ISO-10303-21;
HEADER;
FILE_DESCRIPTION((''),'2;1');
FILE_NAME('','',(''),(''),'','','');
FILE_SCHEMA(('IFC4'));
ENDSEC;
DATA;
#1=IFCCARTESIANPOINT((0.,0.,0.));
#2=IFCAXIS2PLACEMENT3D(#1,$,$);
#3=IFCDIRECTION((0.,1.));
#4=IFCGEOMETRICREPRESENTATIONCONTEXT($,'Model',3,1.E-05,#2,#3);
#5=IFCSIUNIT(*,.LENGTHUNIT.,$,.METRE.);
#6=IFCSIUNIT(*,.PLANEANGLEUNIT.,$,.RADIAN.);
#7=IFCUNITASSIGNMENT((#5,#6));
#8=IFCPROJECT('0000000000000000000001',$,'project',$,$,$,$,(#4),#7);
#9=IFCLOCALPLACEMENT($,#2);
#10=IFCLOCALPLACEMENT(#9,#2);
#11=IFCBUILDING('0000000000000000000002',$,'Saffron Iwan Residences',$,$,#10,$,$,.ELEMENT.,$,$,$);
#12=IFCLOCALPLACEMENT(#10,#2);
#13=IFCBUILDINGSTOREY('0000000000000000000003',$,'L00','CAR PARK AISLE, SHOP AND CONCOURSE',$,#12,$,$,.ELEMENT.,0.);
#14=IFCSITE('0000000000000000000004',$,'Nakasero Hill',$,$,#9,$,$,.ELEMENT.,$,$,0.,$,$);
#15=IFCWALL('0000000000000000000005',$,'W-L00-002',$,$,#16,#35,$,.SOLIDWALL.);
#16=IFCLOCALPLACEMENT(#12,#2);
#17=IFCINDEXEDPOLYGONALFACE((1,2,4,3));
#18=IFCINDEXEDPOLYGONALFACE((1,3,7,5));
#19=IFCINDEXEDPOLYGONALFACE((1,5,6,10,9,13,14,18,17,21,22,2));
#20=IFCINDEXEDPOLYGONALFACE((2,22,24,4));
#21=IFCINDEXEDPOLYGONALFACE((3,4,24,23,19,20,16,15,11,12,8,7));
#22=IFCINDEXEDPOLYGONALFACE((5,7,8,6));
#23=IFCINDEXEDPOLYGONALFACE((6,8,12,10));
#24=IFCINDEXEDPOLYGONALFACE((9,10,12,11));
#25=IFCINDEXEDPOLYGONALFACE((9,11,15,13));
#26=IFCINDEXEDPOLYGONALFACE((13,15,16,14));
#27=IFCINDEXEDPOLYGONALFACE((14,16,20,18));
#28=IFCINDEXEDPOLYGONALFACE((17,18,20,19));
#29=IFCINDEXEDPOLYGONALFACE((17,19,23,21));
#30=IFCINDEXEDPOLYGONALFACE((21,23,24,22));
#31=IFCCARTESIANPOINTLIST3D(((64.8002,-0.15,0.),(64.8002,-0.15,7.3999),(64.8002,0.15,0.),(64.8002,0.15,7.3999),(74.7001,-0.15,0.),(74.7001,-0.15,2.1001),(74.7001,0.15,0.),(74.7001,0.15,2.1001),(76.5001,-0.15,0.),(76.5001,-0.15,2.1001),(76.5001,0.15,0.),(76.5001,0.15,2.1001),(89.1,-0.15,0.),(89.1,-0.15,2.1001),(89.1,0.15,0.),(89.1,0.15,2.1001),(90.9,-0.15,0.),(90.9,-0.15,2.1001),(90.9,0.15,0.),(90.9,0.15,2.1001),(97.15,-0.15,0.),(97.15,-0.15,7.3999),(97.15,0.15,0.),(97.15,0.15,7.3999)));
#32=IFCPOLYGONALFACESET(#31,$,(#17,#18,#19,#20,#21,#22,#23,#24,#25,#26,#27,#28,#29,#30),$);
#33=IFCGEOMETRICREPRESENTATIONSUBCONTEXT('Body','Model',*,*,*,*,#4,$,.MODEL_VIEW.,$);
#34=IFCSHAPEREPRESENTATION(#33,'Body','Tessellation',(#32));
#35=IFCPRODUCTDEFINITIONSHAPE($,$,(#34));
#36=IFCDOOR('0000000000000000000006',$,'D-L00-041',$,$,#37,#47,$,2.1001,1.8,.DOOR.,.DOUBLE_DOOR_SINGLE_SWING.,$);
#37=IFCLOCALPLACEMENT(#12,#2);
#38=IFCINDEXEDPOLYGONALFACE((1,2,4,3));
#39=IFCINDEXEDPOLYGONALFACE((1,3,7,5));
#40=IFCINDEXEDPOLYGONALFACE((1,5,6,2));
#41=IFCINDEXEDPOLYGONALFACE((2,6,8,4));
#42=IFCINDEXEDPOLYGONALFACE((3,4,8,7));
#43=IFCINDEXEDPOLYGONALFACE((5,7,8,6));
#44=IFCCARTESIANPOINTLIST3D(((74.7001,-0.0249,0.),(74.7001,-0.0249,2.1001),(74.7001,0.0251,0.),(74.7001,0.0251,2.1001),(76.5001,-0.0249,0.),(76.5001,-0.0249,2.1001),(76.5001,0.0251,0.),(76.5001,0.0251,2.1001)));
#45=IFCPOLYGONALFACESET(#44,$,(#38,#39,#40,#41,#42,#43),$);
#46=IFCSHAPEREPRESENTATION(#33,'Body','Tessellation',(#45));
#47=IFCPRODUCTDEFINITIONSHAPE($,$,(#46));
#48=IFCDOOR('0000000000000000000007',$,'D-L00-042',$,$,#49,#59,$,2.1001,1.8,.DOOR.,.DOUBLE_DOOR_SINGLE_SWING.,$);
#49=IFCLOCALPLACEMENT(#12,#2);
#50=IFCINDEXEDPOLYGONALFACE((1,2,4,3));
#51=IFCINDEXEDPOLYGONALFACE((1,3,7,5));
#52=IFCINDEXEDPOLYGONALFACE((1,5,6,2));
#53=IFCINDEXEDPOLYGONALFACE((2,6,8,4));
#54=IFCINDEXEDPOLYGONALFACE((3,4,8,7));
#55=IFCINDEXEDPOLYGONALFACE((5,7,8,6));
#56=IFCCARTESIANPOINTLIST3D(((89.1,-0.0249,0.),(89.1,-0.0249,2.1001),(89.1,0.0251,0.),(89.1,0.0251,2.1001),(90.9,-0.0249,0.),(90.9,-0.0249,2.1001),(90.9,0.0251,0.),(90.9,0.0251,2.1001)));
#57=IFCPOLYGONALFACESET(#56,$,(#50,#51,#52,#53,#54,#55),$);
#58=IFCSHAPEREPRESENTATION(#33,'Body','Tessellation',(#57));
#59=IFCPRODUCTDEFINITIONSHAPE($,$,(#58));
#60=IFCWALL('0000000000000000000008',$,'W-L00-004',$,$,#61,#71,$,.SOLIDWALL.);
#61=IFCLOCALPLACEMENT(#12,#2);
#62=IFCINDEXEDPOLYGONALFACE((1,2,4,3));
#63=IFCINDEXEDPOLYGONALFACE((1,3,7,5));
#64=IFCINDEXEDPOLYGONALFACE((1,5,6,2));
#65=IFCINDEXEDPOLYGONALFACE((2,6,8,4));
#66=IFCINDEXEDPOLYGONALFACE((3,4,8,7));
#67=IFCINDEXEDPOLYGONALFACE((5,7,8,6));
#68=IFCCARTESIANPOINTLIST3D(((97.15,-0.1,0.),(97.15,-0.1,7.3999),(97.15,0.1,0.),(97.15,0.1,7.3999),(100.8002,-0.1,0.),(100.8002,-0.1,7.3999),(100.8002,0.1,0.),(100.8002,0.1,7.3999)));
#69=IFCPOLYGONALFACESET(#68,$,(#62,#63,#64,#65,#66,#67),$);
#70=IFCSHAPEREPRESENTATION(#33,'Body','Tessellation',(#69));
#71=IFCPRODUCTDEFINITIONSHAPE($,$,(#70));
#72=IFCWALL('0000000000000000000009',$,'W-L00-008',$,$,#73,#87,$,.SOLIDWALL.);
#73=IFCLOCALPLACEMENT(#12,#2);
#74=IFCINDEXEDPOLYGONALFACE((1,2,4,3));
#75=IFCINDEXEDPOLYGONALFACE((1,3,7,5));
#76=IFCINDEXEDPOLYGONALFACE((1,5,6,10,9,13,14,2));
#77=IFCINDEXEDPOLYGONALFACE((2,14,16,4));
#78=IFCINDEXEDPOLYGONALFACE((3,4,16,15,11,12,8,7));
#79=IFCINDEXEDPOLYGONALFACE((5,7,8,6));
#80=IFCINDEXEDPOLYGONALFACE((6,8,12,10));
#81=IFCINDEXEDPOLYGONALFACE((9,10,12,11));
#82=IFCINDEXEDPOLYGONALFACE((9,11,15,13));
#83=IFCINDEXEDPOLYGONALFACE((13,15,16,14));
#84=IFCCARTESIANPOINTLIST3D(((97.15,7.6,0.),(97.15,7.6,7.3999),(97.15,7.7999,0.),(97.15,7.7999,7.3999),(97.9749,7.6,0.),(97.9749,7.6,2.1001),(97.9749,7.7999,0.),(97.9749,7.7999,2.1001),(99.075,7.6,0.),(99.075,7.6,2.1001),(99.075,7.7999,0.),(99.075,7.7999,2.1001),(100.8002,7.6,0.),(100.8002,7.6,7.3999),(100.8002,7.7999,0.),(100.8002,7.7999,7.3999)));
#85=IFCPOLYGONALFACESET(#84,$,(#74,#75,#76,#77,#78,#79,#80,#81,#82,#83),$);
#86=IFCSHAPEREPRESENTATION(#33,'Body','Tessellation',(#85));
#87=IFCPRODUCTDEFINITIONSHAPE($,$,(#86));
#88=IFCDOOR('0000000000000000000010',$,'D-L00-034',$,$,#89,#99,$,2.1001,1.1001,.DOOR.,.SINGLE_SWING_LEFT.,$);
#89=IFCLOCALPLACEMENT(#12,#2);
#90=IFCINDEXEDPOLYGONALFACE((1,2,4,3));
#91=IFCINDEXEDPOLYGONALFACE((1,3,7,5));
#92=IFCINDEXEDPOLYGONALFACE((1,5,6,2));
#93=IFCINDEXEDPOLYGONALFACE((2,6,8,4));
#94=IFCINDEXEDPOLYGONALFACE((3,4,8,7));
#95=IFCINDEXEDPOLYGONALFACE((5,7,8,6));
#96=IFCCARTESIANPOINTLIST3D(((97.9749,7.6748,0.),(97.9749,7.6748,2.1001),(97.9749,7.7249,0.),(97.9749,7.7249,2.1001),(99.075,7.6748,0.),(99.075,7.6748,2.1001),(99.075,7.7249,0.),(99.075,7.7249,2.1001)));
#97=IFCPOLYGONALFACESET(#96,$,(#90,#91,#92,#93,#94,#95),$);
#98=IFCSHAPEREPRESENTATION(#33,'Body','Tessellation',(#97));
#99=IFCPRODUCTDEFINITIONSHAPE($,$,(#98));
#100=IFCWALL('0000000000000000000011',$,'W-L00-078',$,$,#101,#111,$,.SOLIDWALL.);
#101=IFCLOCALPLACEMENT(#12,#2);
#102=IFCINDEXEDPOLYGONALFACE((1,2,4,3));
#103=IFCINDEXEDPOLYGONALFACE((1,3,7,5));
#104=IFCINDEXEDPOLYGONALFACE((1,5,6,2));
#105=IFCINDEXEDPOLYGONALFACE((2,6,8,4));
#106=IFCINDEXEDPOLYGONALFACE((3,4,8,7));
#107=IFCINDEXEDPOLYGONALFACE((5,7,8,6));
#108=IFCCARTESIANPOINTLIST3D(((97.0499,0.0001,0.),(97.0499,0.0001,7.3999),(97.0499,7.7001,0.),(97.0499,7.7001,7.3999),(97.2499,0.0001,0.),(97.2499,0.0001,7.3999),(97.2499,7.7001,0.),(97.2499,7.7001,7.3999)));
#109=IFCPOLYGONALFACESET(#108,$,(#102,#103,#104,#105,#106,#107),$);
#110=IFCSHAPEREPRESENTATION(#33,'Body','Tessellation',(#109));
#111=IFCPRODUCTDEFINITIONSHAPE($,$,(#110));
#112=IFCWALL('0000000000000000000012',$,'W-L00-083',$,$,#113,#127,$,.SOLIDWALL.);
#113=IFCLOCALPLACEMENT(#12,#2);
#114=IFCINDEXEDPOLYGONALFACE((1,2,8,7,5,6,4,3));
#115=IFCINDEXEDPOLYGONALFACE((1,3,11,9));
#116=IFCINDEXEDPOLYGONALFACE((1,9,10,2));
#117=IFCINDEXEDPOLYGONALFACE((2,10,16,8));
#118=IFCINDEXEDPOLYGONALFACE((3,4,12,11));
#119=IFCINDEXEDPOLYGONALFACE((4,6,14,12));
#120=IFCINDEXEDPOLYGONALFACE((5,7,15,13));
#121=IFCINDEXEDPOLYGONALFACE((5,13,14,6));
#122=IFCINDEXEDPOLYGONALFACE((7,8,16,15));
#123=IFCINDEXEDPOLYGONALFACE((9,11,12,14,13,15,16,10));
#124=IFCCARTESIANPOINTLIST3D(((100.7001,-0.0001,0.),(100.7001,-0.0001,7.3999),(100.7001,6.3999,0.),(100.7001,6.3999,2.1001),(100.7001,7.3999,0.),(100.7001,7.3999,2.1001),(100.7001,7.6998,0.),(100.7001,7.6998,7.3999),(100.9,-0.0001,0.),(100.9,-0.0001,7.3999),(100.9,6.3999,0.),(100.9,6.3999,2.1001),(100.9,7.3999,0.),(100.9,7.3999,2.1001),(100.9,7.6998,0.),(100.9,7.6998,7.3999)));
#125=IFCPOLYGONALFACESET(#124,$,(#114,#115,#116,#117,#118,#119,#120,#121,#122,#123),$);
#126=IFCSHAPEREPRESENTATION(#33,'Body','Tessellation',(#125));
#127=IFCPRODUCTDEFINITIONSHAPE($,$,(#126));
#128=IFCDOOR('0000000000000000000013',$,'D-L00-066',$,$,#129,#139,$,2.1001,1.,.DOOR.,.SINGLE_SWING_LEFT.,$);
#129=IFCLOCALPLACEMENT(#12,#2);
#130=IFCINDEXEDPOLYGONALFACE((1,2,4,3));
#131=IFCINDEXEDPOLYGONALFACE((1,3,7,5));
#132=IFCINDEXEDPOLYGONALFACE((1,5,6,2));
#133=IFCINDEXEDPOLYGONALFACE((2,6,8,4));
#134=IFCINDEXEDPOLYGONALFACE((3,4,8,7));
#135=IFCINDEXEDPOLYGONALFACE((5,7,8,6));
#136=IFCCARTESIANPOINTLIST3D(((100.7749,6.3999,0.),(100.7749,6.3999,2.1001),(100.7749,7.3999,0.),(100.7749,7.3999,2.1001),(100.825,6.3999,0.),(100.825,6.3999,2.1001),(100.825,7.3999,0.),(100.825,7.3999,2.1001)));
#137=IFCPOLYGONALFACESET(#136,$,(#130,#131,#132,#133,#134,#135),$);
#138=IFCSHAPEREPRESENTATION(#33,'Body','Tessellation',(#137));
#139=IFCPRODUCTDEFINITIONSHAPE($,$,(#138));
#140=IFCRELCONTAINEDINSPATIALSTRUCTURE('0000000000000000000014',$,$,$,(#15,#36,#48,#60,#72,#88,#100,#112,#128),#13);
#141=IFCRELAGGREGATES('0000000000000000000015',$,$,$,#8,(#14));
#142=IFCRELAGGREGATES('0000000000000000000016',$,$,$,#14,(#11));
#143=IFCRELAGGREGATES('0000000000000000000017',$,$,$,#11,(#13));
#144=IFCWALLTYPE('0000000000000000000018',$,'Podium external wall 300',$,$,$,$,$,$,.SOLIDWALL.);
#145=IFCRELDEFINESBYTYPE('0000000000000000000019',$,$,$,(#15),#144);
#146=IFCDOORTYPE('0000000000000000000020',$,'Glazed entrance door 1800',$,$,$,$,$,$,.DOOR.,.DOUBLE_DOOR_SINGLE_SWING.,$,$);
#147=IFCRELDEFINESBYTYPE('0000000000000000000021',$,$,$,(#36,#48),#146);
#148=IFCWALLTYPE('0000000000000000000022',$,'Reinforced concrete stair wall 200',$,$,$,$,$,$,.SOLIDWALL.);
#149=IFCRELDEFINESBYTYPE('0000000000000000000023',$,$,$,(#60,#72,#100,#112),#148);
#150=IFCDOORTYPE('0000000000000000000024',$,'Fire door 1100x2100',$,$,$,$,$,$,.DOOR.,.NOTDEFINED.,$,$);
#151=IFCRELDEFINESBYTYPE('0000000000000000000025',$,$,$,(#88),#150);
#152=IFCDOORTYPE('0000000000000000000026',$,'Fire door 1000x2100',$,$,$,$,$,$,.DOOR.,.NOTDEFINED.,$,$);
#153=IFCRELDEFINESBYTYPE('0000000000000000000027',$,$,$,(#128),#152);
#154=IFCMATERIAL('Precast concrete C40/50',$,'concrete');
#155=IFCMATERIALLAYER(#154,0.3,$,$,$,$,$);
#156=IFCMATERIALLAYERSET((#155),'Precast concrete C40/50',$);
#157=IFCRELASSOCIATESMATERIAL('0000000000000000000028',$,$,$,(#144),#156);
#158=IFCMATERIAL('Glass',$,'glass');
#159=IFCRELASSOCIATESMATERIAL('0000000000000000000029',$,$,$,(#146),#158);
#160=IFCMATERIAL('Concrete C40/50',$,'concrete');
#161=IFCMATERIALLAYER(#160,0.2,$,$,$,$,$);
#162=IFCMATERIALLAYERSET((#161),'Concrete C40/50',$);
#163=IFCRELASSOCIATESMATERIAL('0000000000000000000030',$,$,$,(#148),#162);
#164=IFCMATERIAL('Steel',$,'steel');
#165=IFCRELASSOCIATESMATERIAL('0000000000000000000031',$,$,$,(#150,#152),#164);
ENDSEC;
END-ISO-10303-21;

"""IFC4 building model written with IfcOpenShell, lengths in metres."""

from ifc_helpers import new_model, si_unit, direction, frame, frame_2d, origin, place, context, subcontext, project, spatial, rectangle, extrude, material, layer, layer_set, type_object, element, fill, save


model = new_model("IFC4")

# Units and contexts
model_context = context("Model", 3, precision=1e-05, world=origin(), true_north=direction((0.0, 1.0)))
body_context = subcontext(model_context, "Body", "Model", "MODEL_VIEW")
ifc_project = project(units=[si_unit("LENGTHUNIT", "METRE"), si_unit("PLANEANGLEUNIT", "RADIAN")], contexts=[model_context])

# Site, building, storey
site_placement = place(None, origin())
site = spatial("IfcSite", under=ifc_project, at=site_placement, Name="Nakasero Hill", CompositionType="ELEMENT", RefElevation=0.0)
building_placement = place(site_placement, origin())
building = spatial("IfcBuilding", under=site, at=building_placement, Name="Saffron Iwan Residences", CompositionType="ELEMENT")
storey_placement = place(building_placement, origin())
storey = spatial("IfcBuildingStorey", under=building, at=storey_placement, Name="L00", Description="CAR PARK AISLE, SHOP AND CONCOURSE", CompositionType="ELEMENT", Elevation=0.0)

# Wall, openings, doors
ifc_material_1 = material(Name="Precast concrete C40/50", Category="concrete")
ifc_layer_1 = layer(ifc_material_1, 0.3)
ifc_layer_set_1 = layer_set([ifc_layer_1], Name="Precast concrete C40/50")
wall_type_1 = type_object("IfcWallType", Name="Podium external wall 300", PredefinedType="SOLIDWALL", material=ifc_layer_set_1)
wall_1_placement = place(storey_placement, frame((97.1499, 0.0, 0.0), z_axis=(0.0, 0.0, 1.0), x_axis=(-1.0, 0.0, 0.0)))
wall_1 = element("IfcWall", 1, at=wall_1_placement, inside=storey, type_object=wall_type_1, Name="W-L00-002", PredefinedType="SOLIDWALL", context=body_context, shape_type="SweptSolid", body=[
    extrude(rectangle(XDim=32.3499, YDim=0.3, at=frame_2d((16.1748, 0.0))), origin(), (0.0, 0.0, 1.0), 7.3999),
])
opening_1_placement = place(wall_1_placement, frame((20.6499, 0.0, 0.0)))
opening_1 = element("IfcOpeningElement", 2, at=opening_1_placement, cuts=wall_1, PredefinedType="OPENING", context=body_context, shape_type="SweptSolid", body=[
    extrude(rectangle(XDim=1.8, YDim=2.1001, at=frame_2d((0.8999, 1.05))), frame((0.0, 0.1602, 0.0), z_axis=(0.0, -1.0, 0.0), x_axis=(1.0, 0.0, 0.0)), (0.0, 0.0, 1.0), 0.3201),
])
opening_2_placement = place(wall_1_placement, frame((6.25, 0.0, 0.0)))
opening_2 = element("IfcOpeningElement", 3, at=opening_2_placement, cuts=wall_1, PredefinedType="OPENING", context=body_context, shape_type="SweptSolid", body=[
    extrude(rectangle(XDim=1.8, YDim=2.1001, at=frame_2d((0.8999, 1.05))), frame((0.0, 0.1602, 0.0), z_axis=(0.0, -1.0, 0.0), x_axis=(1.0, 0.0, 0.0)), (0.0, 0.0, 1.0), 0.3201),
])
ifc_material_2 = material(Name="Glass", Category="glass")
door_type_1 = type_object("IfcDoorType", Name="Glazed entrance door 1800", OperationType="DOUBLE_DOOR_SINGLE_SWING", PredefinedType="DOOR", material=ifc_material_2)
door_1_placement = place(opening_1_placement, origin())
door_1 = element("IfcDoor", 4, at=door_1_placement, inside=storey, type_object=door_type_1, Name="D-L00-041", OperationType="DOUBLE_DOOR_SINGLE_SWING", OverallHeight=2.1001, OverallWidth=1.8, PredefinedType="DOOR", context=body_context, shape_type="SweptSolid", body=[
    extrude(rectangle(XDim=1.8, YDim=2.1001, at=frame_2d((0.8999, 1.05))), frame((0.0, 0.0249, 0.0), z_axis=(0.0, -1.0, 0.0), x_axis=(1.0, 0.0, 0.0)), (0.0, 0.0, 1.0), 0.05),
])
fill(opening_1, door_1)
door_2_placement = place(opening_2_placement, origin())
door_2 = element("IfcDoor", 5, at=door_2_placement, inside=storey, type_object=door_type_1, Name="D-L00-042", OperationType="DOUBLE_DOOR_SINGLE_SWING", OverallHeight=2.1001, OverallWidth=1.8, PredefinedType="DOOR", context=body_context, shape_type="SweptSolid", body=[
    extrude(rectangle(XDim=1.8, YDim=2.1001, at=frame_2d((0.8999, 1.05))), frame((0.0, 0.0249, 0.0), z_axis=(0.0, -1.0, 0.0), x_axis=(1.0, 0.0, 0.0)), (0.0, 0.0, 1.0), 0.05),
])
fill(opening_2, door_2)

# Wall
ifc_material_3 = material(Name="Concrete C40/50", Category="concrete")
ifc_layer_2 = layer(ifc_material_3, 0.2)
ifc_layer_set_2 = layer_set([ifc_layer_2], Name="Concrete C40/50")
wall_type_2 = type_object("IfcWallType", Name="Reinforced concrete stair wall 200", PredefinedType="SOLIDWALL", material=ifc_layer_set_2)
wall_2_placement = place(storey_placement, frame((97.1499, 0.0, 0.0), z_axis=(0.0, 0.0, 1.0), x_axis=(1.0, 0.0, 0.0)))
element("IfcWall", 6, at=wall_2_placement, inside=storey, type_object=wall_type_2, Name="W-L00-004", PredefinedType="SOLIDWALL", context=body_context, shape_type="SweptSolid", body=[
    extrude(rectangle(XDim=3.6501, YDim=0.2, at=frame_2d((1.8252, 0.0))), origin(), (0.0, 0.0, 1.0), 7.3999),
])

# Wall, opening, door
wall_3_placement = place(storey_placement, frame((97.1499, 7.7, 0.0), z_axis=(0.0, 0.0, 1.0), x_axis=(1.0, 0.0, 0.0)))
wall_3 = element("IfcWall", 7, at=wall_3_placement, inside=storey, type_object=wall_type_2, Name="W-L00-008", PredefinedType="SOLIDWALL", context=body_context, shape_type="SweptSolid", body=[
    extrude(rectangle(XDim=3.6501, YDim=0.2, at=frame_2d((1.8252, 0.0))), origin(), (0.0, 0.0, 1.0), 7.3999),
])
opening_3_placement = place(wall_3_placement, frame((0.825, 0.0, 0.0)))
opening_3 = element("IfcOpeningElement", 8, at=opening_3_placement, cuts=wall_3, PredefinedType="OPENING", context=body_context, shape_type="SweptSolid", body=[
    extrude(rectangle(XDim=1.1001, YDim=2.1001, at=frame_2d((0.55, 1.05))), frame((0.0, 0.1099, 0.0), z_axis=(0.0, -1.0, 0.0), x_axis=(1.0, 0.0, 0.0)), (0.0, 0.0, 1.0), 0.22),
])
ifc_material_4 = material(Name="Steel", Category="steel")
door_type_2 = type_object("IfcDoorType", Name="Fire door 1100x2100", OperationType="NOTDEFINED", PredefinedType="DOOR", material=ifc_material_4)
door_3_placement = place(opening_3_placement, origin())
door_3 = element("IfcDoor", 9, at=door_3_placement, inside=storey, type_object=door_type_2, Name="D-L00-034", OperationType="SINGLE_SWING_LEFT", OverallHeight=2.1001, OverallWidth=1.1001, PredefinedType="DOOR", context=body_context, shape_type="SweptSolid", body=[
    extrude(rectangle(XDim=1.1001, YDim=2.1001, at=frame_2d((0.55, 1.05))), frame((0.0, 0.0249, 0.0), z_axis=(0.0, -1.0, 0.0), x_axis=(1.0, 0.0, 0.0)), (0.0, 0.0, 1.0), 0.05),
])
fill(opening_3, door_3)

# Wall
wall_4_placement = place(storey_placement, frame((97.1499, 0.0, 0.0), z_axis=(0.0, 0.0, 1.0), x_axis=(0.0, 1.0, 0.0)))
element("IfcWall", 10, at=wall_4_placement, inside=storey, type_object=wall_type_2, Name="W-L00-078", PredefinedType="SOLIDWALL", context=body_context, shape_type="SweptSolid", body=[
    extrude(rectangle(XDim=7.7, YDim=0.2, at=frame_2d((3.8501, 0.0))), origin(), (0.0, 0.0, 1.0), 7.3999),
])

# Wall, opening, door
wall_5_placement = place(storey_placement, frame((100.8, 7.7, 0.0), z_axis=(0.0, 0.0, 1.0), x_axis=(0.0, -1.0, 0.0)))
wall_5 = element("IfcWall", 11, at=wall_5_placement, inside=storey, type_object=wall_type_2, Name="W-L00-083", PredefinedType="SOLIDWALL", context=body_context, shape_type="SweptSolid", body=[
    extrude(rectangle(XDim=7.7, YDim=0.2, at=frame_2d((3.8501, 0.0))), origin(), (0.0, 0.0, 1.0), 7.3999),
])
opening_4_placement = place(wall_5_placement, frame((0.3, 0.0, 0.0)))
opening_4 = element("IfcOpeningElement", 12, at=opening_4_placement, cuts=wall_5, PredefinedType="OPENING", context=body_context, shape_type="SweptSolid", body=[
    extrude(rectangle(XDim=1.0, YDim=2.1001, at=frame_2d((0.5, 1.05))), frame((0.0, 0.1099, 0.0), z_axis=(0.0, -1.0, 0.0), x_axis=(1.0, 0.0, 0.0)), (0.0, 0.0, 1.0), 0.22),
])
door_type_3 = type_object("IfcDoorType", Name="Fire door 1000x2100", OperationType="NOTDEFINED", PredefinedType="DOOR", material=ifc_material_4)
door_4_placement = place(opening_4_placement, origin())
door_4 = element("IfcDoor", 13, at=door_4_placement, inside=storey, type_object=door_type_3, Name="D-L00-066", OperationType="SINGLE_SWING_LEFT", OverallHeight=2.1001, OverallWidth=1.0, PredefinedType="DOOR", context=body_context, shape_type="SweptSolid", body=[
    extrude(rectangle(XDim=1.0, YDim=2.1001, at=frame_2d((0.5, 1.05))), frame((0.0, 0.0249, 0.0), z_axis=(0.0, -1.0, 0.0), x_axis=(1.0, 0.0, 0.0)), (0.0, 0.0, 1.0), 0.05),
])
fill(opening_4, door_4)

save(model, "model.ifc")
